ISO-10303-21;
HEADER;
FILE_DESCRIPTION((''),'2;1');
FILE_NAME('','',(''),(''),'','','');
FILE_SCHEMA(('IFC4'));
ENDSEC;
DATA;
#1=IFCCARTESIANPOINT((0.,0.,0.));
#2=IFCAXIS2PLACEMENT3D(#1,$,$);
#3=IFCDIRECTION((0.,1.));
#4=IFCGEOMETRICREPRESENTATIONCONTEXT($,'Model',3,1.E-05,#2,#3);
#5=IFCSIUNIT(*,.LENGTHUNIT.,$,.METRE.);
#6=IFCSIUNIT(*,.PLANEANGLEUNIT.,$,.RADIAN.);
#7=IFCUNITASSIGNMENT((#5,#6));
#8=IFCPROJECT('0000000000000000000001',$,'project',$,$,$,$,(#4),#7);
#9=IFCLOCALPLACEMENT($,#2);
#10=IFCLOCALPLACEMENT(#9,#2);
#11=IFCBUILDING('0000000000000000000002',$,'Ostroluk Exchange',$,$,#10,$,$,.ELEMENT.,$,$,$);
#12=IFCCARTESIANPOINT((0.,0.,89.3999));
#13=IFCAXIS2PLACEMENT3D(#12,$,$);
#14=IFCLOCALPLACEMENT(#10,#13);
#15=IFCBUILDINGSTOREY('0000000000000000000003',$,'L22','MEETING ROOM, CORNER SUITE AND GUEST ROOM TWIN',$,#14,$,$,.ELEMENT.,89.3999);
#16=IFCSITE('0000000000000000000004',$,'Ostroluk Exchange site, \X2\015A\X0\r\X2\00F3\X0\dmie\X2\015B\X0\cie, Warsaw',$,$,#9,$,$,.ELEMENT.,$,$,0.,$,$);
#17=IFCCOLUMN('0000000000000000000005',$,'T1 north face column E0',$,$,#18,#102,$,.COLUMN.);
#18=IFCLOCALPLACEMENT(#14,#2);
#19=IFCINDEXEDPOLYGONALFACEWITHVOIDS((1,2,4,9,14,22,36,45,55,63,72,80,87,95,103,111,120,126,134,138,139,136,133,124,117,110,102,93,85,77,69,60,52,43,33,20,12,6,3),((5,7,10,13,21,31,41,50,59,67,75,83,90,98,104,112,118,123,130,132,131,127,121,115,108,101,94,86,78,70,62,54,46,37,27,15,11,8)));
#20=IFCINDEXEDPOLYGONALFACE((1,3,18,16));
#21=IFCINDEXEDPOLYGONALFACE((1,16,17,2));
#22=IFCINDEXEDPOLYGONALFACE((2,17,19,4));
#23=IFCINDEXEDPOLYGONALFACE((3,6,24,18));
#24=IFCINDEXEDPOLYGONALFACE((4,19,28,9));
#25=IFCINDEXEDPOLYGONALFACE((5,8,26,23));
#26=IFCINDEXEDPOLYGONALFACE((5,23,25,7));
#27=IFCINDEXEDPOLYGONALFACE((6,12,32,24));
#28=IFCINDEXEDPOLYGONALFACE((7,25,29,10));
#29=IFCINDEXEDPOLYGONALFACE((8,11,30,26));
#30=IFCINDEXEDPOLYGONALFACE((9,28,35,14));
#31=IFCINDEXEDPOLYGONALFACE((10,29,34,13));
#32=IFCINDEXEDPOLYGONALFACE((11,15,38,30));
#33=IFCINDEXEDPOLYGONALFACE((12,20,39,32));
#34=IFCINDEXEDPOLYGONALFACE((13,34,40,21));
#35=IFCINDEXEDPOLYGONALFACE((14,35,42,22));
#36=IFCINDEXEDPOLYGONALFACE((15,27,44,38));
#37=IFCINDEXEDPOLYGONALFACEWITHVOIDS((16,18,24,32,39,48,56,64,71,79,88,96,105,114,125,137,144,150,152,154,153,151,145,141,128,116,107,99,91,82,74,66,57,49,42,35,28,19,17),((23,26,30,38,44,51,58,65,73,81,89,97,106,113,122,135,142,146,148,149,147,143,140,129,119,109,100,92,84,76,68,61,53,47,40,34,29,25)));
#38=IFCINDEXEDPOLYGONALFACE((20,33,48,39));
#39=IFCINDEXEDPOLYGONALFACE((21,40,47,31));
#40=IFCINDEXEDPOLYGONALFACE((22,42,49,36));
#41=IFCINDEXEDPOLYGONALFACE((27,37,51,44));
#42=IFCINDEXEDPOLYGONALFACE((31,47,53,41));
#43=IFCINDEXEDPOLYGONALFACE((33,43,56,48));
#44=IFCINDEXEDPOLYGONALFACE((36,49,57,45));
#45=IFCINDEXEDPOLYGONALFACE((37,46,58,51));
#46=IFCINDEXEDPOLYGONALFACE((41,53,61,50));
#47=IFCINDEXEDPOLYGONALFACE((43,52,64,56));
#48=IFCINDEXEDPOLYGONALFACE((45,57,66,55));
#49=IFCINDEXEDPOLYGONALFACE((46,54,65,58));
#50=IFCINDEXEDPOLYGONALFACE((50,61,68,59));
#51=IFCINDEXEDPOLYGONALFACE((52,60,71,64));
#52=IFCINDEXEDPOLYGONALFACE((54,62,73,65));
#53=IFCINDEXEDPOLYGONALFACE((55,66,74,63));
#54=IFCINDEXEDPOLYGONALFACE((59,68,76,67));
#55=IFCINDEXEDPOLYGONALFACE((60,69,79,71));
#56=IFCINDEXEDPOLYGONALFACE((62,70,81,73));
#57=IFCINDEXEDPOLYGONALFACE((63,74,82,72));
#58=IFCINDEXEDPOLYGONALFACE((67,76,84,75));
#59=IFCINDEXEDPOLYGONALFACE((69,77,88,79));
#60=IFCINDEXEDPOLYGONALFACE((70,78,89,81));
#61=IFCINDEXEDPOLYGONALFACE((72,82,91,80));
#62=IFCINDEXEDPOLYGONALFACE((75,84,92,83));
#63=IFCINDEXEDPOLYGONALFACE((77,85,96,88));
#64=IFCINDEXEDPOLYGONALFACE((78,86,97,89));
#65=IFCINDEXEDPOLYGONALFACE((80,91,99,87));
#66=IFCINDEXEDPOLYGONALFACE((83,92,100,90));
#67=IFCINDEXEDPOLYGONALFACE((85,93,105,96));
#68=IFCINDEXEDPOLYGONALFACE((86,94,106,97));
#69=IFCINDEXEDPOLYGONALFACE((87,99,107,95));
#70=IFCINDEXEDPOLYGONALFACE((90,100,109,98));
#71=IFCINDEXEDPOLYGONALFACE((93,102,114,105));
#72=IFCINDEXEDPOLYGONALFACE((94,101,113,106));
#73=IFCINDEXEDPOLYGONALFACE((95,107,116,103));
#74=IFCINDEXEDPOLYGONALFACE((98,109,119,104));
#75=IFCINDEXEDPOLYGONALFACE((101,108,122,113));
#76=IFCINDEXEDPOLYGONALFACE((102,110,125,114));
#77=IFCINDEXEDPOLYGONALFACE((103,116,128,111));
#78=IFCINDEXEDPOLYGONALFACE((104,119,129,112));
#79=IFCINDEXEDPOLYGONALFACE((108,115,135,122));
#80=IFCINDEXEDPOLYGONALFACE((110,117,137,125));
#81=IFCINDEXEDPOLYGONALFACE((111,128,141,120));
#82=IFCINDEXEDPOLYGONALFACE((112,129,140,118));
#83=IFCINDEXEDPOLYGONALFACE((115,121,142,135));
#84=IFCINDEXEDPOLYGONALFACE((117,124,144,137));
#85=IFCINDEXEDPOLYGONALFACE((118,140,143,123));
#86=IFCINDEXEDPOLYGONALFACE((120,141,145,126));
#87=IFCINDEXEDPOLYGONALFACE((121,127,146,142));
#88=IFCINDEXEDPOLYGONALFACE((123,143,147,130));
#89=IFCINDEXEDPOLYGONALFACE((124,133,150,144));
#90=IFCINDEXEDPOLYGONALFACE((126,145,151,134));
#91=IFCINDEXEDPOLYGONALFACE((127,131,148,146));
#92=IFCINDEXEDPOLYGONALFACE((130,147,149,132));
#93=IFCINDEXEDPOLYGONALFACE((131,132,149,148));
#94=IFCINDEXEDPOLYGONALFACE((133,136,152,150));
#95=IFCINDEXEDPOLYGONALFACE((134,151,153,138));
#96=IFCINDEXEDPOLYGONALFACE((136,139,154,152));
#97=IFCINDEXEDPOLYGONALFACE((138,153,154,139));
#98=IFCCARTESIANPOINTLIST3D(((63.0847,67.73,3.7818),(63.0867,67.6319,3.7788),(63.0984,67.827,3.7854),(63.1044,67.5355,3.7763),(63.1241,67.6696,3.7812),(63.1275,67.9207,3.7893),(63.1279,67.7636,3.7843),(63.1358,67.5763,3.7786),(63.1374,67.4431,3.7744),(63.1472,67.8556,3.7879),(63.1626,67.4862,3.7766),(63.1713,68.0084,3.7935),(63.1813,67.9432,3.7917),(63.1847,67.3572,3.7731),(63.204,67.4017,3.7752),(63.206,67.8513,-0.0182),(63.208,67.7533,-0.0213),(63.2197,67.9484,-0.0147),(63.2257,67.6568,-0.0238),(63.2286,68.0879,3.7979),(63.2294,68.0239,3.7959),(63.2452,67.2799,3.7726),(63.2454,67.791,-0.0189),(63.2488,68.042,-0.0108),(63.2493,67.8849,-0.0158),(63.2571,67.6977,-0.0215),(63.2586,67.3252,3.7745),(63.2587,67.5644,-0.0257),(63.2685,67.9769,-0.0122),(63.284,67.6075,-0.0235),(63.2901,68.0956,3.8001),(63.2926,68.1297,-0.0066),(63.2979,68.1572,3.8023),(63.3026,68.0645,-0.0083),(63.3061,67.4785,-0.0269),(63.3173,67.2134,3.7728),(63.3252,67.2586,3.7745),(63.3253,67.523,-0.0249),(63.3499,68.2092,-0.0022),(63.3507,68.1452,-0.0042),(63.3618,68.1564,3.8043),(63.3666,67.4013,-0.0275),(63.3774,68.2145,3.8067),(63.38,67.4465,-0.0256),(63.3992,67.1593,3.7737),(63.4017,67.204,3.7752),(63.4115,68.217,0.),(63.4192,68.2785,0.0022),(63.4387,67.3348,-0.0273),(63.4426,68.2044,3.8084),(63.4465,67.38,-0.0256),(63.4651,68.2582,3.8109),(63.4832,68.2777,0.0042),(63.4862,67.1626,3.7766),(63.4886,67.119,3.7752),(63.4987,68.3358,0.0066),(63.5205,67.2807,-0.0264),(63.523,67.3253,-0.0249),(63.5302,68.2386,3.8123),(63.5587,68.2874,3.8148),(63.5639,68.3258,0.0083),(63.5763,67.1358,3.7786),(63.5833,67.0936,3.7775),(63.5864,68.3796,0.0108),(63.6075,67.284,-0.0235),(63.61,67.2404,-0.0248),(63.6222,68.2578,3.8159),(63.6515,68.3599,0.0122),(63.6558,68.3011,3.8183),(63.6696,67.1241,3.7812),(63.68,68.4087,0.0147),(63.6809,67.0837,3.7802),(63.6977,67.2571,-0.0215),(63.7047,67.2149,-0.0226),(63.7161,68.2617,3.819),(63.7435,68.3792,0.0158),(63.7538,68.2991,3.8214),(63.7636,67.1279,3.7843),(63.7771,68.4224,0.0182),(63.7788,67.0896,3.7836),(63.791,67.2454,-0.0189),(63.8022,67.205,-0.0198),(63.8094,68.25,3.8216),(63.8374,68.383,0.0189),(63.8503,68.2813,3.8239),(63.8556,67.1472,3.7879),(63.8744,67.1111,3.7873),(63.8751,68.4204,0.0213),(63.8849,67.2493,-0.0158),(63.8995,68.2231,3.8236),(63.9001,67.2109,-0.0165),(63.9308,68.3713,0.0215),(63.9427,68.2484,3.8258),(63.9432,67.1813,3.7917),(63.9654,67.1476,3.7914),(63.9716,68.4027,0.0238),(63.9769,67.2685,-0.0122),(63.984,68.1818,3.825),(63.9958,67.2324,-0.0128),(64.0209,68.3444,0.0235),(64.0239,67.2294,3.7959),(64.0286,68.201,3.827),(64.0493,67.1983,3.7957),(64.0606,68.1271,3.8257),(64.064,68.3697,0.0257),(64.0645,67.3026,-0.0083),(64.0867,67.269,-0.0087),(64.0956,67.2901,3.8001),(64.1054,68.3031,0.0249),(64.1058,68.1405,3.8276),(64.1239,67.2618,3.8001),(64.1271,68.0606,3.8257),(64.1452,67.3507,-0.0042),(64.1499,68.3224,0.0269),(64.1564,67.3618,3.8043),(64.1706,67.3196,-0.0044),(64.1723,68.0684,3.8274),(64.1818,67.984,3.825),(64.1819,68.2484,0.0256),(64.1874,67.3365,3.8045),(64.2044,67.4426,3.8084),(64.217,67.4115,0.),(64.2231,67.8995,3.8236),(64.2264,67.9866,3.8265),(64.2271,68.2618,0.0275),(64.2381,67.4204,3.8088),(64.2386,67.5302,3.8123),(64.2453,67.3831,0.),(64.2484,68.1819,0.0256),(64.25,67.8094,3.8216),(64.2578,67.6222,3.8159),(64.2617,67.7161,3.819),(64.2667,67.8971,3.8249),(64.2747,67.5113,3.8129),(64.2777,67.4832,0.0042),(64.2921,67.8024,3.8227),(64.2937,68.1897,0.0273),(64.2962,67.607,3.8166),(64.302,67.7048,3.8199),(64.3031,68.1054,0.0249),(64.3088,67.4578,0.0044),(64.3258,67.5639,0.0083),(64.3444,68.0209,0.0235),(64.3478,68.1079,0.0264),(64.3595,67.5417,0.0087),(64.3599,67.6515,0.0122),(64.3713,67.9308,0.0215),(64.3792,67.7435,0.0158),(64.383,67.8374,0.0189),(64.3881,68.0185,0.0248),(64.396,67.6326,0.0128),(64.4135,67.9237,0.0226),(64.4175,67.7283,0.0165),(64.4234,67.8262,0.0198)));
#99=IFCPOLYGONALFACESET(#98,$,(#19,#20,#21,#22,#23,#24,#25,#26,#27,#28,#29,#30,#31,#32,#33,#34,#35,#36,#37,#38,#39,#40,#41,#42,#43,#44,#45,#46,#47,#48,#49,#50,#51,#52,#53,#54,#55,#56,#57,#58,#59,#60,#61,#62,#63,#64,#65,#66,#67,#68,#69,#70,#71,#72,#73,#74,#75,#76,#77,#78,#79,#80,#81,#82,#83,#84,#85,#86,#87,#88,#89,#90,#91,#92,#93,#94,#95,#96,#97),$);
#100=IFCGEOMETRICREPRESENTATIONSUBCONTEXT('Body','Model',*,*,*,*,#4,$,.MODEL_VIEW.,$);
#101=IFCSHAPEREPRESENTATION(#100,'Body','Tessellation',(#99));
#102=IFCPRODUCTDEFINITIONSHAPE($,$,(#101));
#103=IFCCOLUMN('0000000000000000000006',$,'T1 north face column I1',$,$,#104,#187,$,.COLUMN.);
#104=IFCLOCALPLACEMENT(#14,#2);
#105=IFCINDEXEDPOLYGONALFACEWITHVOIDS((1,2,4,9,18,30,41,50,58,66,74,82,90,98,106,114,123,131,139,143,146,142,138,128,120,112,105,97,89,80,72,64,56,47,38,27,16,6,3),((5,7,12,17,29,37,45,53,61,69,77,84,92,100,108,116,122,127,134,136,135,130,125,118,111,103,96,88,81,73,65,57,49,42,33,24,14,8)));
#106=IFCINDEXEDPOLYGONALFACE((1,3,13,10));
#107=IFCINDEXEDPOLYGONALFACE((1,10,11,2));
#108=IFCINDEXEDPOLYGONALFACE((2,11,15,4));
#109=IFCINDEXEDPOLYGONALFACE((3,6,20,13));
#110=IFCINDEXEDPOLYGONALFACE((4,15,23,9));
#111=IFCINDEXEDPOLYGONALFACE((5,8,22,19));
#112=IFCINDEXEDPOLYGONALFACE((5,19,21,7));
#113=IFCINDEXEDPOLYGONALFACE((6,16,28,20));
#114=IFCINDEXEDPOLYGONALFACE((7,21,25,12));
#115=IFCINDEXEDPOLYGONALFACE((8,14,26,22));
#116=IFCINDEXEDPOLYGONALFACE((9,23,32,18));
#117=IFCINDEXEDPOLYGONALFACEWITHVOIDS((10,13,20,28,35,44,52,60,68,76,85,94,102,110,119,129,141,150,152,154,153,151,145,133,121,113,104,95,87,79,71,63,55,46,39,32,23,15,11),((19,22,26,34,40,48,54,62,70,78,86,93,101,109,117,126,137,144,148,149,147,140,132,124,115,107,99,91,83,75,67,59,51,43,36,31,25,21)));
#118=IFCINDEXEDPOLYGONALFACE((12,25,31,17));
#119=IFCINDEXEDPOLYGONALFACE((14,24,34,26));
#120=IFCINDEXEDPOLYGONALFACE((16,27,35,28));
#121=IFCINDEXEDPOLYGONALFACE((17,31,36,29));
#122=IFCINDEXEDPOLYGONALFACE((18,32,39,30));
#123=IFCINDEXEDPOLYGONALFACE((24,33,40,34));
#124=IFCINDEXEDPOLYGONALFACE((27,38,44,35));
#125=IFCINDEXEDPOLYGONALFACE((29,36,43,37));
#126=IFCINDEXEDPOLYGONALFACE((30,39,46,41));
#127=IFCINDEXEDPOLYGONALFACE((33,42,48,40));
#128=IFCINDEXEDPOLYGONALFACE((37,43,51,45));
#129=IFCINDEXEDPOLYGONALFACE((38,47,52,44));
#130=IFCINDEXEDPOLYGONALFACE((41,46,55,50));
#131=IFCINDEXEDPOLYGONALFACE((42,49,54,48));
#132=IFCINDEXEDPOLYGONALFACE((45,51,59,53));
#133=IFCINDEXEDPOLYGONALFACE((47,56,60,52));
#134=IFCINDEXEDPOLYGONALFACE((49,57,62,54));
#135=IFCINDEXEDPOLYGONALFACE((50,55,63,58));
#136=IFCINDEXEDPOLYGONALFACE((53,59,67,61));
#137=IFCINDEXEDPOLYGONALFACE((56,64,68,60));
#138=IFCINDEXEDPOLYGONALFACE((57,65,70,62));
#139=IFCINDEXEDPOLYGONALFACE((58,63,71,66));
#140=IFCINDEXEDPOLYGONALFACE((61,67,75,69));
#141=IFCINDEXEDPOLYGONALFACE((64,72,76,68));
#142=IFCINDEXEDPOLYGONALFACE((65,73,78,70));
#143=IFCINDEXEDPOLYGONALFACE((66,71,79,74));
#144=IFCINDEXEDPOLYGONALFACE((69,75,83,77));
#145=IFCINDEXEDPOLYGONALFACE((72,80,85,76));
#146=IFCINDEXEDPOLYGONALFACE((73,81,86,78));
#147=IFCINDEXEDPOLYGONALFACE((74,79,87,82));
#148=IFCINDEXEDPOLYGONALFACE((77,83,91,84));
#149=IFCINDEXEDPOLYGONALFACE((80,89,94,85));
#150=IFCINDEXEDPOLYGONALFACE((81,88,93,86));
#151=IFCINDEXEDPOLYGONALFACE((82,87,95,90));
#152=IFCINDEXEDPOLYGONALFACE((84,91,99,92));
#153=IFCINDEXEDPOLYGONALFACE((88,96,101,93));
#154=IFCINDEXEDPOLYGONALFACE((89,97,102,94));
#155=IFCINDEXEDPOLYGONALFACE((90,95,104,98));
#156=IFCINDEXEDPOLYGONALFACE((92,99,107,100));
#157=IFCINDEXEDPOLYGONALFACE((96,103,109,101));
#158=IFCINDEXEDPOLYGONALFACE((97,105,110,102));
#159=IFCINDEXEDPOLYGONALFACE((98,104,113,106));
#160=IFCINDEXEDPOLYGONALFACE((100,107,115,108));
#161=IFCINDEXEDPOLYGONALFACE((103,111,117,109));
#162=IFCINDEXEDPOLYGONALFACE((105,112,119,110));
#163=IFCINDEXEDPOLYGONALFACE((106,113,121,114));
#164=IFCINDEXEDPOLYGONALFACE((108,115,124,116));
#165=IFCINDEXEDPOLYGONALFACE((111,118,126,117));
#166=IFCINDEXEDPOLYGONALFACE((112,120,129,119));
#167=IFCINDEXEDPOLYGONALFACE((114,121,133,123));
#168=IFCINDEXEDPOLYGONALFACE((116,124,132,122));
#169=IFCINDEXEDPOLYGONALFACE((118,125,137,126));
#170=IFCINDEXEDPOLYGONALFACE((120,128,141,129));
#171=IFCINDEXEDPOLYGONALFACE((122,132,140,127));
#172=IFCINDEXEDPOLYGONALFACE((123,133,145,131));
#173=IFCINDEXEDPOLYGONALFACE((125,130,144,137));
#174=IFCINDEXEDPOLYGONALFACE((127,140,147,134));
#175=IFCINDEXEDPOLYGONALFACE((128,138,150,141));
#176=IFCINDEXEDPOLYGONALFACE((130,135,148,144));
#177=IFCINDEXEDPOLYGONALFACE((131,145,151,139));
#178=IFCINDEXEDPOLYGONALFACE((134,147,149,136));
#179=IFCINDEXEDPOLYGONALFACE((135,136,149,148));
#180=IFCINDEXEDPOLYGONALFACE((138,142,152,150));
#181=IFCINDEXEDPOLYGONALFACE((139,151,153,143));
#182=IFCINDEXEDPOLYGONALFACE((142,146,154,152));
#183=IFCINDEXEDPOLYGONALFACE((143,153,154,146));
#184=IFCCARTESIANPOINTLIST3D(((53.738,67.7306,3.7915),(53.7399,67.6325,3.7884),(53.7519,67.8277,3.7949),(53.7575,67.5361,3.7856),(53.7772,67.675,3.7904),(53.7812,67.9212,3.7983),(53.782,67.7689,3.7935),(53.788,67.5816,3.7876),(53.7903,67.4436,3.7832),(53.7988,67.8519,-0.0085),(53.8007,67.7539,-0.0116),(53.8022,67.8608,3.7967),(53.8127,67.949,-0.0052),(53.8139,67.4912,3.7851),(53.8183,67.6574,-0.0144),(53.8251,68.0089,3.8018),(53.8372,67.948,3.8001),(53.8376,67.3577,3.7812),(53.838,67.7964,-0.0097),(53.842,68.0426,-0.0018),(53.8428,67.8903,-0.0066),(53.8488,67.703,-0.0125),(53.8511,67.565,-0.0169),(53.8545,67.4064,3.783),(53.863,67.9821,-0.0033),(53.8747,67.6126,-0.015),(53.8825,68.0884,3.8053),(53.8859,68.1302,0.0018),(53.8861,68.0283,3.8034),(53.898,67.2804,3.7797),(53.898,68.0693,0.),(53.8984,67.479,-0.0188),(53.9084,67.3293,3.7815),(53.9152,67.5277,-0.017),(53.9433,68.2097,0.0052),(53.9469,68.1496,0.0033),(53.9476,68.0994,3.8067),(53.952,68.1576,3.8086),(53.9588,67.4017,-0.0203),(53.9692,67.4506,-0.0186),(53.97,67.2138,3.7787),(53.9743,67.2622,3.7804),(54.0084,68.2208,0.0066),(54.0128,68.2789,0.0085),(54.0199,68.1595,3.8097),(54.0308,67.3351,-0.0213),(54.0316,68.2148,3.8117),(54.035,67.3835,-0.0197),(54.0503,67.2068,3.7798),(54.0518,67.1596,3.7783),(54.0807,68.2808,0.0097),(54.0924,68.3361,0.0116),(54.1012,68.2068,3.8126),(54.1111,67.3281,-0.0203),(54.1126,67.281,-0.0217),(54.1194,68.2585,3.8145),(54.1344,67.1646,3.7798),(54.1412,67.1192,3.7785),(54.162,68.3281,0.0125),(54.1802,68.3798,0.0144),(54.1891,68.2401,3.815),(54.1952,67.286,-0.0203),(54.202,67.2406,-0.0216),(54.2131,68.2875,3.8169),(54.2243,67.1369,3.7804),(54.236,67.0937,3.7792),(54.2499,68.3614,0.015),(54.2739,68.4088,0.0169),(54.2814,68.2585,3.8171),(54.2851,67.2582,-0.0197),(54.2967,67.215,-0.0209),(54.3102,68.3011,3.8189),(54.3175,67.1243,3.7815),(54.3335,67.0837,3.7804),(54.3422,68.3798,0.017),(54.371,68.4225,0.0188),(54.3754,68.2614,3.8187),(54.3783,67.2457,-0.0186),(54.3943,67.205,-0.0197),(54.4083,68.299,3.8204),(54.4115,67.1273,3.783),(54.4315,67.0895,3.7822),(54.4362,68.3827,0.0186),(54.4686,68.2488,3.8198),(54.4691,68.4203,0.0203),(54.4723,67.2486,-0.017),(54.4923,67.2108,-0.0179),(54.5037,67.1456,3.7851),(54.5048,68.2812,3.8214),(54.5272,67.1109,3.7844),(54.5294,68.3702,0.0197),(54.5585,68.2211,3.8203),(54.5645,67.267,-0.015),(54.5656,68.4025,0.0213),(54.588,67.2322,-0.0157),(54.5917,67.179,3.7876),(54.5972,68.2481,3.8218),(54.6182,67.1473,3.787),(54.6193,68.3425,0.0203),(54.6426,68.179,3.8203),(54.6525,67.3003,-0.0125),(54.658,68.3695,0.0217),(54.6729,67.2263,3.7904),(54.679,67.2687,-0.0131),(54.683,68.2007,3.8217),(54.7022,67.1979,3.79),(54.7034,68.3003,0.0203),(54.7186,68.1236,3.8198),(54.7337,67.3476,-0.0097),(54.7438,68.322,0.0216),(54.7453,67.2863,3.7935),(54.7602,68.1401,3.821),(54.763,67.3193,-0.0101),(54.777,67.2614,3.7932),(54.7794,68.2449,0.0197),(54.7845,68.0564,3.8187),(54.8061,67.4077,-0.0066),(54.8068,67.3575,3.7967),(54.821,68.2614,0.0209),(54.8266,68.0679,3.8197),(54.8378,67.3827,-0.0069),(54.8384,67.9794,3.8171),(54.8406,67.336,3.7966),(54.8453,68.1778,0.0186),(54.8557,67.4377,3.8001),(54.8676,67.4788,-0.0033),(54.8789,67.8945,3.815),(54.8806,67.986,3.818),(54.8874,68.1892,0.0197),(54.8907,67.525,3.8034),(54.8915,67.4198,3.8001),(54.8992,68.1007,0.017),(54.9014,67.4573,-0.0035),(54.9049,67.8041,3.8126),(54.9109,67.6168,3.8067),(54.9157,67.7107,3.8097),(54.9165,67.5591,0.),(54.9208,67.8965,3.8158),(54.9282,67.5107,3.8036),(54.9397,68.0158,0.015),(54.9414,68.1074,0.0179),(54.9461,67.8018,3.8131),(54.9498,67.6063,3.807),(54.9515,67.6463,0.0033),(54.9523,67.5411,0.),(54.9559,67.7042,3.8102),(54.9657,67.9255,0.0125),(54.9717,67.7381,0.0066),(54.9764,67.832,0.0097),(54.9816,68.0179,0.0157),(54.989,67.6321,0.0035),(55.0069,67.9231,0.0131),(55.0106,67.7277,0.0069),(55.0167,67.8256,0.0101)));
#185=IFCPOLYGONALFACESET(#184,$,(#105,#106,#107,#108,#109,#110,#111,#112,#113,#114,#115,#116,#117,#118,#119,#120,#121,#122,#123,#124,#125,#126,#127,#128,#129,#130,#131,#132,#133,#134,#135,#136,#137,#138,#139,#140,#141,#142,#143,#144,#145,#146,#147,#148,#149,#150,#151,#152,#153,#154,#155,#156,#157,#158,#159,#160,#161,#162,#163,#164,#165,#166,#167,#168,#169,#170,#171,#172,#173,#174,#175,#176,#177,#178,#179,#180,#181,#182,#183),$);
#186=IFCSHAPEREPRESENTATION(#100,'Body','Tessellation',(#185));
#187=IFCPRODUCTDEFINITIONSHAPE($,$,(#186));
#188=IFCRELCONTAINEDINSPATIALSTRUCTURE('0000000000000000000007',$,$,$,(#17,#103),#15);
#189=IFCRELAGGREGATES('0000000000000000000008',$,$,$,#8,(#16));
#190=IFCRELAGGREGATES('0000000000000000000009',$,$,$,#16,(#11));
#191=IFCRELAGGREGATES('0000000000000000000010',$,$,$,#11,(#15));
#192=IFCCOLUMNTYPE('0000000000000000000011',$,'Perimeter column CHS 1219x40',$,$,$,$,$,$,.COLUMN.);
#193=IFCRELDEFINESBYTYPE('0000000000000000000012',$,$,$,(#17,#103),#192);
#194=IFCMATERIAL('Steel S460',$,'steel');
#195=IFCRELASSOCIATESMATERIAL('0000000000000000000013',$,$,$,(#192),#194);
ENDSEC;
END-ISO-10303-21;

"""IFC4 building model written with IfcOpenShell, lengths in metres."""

from ifc_helpers import new_model, si_unit, direction, frame, origin, origin_2d, place, context, subcontext, project, spatial, hollow_circle, extrude, material, material_profile, profile_set, type_object, element, save


model = new_model("IFC4")

# Units and contexts
model_context = context("Model", 3, precision=1e-05, world=origin(), true_north=direction((0.0, 1.0)))
body_context = subcontext(model_context, "Body", "Model", "MODEL_VIEW")
ifc_project = project(units=[si_unit("LENGTHUNIT", "METRE"), si_unit("PLANEANGLEUNIT", "RADIAN")], contexts=[model_context])

# Site, building, storey
site_placement = place(None, origin())
site = spatial("IfcSite", under=ifc_project, at=site_placement, Name="Ostroluk Exchange site, Śródmieście, Warsaw", CompositionType="ELEMENT", RefElevation=0.0)
building_placement = place(site_placement, origin())
building = spatial("IfcBuilding", under=site, at=building_placement, Name="Ostroluk Exchange", CompositionType="ELEMENT")
storey_placement = place(building_placement, frame((0.0, 0.0, 89.3999)))
storey = spatial("IfcBuildingStorey", under=building, at=storey_placement, Name="L22", Description="MEETING ROOM, CORNER SUITE AND GUEST ROOM TWIN", CompositionType="ELEMENT", Elevation=89.3999)

# Columns
ifc_material_1 = material(Name="Steel S460", Category="steel")
ifc_material_profile_1 = material_profile(ifc_material_1, hollow_circle(Radius=0.6096, WallThickness=0.04, at=origin_2d()), Name="CHS 1219x40")
ifc_profile_set_1 = profile_set([ifc_material_profile_1], Name="Steel S460")
column_type = type_object("IfcColumnType", Name="Perimeter column CHS 1219x40", PredefinedType="COLUMN", material=ifc_profile_set_1)
column_1_placement = place(storey_placement, frame((63.8142, 67.8142, 0.0), z_axis=(-0.031898, -0.031898, 0.998982), x_axis=(0.707107, -0.707107, 0.0)))
element("IfcColumn", 1, at=column_1_placement, inside=storey, type_object=column_type, Name="T1 north face column E0", PredefinedType="COLUMN", context=body_context, shape_type="SweptSolid", body=[
    extrude(hollow_circle(Radius=0.6096, WallThickness=0.04, at=origin_2d()), origin(), (0.0, 0.0, 1.0), 3.804),
])
column_2_placement = place(storey_placement, frame((54.4072, 67.8142, 0.0), z_axis=(-0.015987, -0.03191, 0.999363), x_axis=(0.894067, -0.447933, 0.0)))
element("IfcColumn", 2, at=column_2_placement, inside=storey, type_object=column_type, Name="T1 north face column I1", PredefinedType="COLUMN", context=body_context, shape_type="SweptSolid", body=[
    extrude(hollow_circle(Radius=0.6096, WallThickness=0.04, at=origin_2d()), origin(), (0.0, 0.0, 1.0), 3.8025),
])

save(model, "model.ifc")
